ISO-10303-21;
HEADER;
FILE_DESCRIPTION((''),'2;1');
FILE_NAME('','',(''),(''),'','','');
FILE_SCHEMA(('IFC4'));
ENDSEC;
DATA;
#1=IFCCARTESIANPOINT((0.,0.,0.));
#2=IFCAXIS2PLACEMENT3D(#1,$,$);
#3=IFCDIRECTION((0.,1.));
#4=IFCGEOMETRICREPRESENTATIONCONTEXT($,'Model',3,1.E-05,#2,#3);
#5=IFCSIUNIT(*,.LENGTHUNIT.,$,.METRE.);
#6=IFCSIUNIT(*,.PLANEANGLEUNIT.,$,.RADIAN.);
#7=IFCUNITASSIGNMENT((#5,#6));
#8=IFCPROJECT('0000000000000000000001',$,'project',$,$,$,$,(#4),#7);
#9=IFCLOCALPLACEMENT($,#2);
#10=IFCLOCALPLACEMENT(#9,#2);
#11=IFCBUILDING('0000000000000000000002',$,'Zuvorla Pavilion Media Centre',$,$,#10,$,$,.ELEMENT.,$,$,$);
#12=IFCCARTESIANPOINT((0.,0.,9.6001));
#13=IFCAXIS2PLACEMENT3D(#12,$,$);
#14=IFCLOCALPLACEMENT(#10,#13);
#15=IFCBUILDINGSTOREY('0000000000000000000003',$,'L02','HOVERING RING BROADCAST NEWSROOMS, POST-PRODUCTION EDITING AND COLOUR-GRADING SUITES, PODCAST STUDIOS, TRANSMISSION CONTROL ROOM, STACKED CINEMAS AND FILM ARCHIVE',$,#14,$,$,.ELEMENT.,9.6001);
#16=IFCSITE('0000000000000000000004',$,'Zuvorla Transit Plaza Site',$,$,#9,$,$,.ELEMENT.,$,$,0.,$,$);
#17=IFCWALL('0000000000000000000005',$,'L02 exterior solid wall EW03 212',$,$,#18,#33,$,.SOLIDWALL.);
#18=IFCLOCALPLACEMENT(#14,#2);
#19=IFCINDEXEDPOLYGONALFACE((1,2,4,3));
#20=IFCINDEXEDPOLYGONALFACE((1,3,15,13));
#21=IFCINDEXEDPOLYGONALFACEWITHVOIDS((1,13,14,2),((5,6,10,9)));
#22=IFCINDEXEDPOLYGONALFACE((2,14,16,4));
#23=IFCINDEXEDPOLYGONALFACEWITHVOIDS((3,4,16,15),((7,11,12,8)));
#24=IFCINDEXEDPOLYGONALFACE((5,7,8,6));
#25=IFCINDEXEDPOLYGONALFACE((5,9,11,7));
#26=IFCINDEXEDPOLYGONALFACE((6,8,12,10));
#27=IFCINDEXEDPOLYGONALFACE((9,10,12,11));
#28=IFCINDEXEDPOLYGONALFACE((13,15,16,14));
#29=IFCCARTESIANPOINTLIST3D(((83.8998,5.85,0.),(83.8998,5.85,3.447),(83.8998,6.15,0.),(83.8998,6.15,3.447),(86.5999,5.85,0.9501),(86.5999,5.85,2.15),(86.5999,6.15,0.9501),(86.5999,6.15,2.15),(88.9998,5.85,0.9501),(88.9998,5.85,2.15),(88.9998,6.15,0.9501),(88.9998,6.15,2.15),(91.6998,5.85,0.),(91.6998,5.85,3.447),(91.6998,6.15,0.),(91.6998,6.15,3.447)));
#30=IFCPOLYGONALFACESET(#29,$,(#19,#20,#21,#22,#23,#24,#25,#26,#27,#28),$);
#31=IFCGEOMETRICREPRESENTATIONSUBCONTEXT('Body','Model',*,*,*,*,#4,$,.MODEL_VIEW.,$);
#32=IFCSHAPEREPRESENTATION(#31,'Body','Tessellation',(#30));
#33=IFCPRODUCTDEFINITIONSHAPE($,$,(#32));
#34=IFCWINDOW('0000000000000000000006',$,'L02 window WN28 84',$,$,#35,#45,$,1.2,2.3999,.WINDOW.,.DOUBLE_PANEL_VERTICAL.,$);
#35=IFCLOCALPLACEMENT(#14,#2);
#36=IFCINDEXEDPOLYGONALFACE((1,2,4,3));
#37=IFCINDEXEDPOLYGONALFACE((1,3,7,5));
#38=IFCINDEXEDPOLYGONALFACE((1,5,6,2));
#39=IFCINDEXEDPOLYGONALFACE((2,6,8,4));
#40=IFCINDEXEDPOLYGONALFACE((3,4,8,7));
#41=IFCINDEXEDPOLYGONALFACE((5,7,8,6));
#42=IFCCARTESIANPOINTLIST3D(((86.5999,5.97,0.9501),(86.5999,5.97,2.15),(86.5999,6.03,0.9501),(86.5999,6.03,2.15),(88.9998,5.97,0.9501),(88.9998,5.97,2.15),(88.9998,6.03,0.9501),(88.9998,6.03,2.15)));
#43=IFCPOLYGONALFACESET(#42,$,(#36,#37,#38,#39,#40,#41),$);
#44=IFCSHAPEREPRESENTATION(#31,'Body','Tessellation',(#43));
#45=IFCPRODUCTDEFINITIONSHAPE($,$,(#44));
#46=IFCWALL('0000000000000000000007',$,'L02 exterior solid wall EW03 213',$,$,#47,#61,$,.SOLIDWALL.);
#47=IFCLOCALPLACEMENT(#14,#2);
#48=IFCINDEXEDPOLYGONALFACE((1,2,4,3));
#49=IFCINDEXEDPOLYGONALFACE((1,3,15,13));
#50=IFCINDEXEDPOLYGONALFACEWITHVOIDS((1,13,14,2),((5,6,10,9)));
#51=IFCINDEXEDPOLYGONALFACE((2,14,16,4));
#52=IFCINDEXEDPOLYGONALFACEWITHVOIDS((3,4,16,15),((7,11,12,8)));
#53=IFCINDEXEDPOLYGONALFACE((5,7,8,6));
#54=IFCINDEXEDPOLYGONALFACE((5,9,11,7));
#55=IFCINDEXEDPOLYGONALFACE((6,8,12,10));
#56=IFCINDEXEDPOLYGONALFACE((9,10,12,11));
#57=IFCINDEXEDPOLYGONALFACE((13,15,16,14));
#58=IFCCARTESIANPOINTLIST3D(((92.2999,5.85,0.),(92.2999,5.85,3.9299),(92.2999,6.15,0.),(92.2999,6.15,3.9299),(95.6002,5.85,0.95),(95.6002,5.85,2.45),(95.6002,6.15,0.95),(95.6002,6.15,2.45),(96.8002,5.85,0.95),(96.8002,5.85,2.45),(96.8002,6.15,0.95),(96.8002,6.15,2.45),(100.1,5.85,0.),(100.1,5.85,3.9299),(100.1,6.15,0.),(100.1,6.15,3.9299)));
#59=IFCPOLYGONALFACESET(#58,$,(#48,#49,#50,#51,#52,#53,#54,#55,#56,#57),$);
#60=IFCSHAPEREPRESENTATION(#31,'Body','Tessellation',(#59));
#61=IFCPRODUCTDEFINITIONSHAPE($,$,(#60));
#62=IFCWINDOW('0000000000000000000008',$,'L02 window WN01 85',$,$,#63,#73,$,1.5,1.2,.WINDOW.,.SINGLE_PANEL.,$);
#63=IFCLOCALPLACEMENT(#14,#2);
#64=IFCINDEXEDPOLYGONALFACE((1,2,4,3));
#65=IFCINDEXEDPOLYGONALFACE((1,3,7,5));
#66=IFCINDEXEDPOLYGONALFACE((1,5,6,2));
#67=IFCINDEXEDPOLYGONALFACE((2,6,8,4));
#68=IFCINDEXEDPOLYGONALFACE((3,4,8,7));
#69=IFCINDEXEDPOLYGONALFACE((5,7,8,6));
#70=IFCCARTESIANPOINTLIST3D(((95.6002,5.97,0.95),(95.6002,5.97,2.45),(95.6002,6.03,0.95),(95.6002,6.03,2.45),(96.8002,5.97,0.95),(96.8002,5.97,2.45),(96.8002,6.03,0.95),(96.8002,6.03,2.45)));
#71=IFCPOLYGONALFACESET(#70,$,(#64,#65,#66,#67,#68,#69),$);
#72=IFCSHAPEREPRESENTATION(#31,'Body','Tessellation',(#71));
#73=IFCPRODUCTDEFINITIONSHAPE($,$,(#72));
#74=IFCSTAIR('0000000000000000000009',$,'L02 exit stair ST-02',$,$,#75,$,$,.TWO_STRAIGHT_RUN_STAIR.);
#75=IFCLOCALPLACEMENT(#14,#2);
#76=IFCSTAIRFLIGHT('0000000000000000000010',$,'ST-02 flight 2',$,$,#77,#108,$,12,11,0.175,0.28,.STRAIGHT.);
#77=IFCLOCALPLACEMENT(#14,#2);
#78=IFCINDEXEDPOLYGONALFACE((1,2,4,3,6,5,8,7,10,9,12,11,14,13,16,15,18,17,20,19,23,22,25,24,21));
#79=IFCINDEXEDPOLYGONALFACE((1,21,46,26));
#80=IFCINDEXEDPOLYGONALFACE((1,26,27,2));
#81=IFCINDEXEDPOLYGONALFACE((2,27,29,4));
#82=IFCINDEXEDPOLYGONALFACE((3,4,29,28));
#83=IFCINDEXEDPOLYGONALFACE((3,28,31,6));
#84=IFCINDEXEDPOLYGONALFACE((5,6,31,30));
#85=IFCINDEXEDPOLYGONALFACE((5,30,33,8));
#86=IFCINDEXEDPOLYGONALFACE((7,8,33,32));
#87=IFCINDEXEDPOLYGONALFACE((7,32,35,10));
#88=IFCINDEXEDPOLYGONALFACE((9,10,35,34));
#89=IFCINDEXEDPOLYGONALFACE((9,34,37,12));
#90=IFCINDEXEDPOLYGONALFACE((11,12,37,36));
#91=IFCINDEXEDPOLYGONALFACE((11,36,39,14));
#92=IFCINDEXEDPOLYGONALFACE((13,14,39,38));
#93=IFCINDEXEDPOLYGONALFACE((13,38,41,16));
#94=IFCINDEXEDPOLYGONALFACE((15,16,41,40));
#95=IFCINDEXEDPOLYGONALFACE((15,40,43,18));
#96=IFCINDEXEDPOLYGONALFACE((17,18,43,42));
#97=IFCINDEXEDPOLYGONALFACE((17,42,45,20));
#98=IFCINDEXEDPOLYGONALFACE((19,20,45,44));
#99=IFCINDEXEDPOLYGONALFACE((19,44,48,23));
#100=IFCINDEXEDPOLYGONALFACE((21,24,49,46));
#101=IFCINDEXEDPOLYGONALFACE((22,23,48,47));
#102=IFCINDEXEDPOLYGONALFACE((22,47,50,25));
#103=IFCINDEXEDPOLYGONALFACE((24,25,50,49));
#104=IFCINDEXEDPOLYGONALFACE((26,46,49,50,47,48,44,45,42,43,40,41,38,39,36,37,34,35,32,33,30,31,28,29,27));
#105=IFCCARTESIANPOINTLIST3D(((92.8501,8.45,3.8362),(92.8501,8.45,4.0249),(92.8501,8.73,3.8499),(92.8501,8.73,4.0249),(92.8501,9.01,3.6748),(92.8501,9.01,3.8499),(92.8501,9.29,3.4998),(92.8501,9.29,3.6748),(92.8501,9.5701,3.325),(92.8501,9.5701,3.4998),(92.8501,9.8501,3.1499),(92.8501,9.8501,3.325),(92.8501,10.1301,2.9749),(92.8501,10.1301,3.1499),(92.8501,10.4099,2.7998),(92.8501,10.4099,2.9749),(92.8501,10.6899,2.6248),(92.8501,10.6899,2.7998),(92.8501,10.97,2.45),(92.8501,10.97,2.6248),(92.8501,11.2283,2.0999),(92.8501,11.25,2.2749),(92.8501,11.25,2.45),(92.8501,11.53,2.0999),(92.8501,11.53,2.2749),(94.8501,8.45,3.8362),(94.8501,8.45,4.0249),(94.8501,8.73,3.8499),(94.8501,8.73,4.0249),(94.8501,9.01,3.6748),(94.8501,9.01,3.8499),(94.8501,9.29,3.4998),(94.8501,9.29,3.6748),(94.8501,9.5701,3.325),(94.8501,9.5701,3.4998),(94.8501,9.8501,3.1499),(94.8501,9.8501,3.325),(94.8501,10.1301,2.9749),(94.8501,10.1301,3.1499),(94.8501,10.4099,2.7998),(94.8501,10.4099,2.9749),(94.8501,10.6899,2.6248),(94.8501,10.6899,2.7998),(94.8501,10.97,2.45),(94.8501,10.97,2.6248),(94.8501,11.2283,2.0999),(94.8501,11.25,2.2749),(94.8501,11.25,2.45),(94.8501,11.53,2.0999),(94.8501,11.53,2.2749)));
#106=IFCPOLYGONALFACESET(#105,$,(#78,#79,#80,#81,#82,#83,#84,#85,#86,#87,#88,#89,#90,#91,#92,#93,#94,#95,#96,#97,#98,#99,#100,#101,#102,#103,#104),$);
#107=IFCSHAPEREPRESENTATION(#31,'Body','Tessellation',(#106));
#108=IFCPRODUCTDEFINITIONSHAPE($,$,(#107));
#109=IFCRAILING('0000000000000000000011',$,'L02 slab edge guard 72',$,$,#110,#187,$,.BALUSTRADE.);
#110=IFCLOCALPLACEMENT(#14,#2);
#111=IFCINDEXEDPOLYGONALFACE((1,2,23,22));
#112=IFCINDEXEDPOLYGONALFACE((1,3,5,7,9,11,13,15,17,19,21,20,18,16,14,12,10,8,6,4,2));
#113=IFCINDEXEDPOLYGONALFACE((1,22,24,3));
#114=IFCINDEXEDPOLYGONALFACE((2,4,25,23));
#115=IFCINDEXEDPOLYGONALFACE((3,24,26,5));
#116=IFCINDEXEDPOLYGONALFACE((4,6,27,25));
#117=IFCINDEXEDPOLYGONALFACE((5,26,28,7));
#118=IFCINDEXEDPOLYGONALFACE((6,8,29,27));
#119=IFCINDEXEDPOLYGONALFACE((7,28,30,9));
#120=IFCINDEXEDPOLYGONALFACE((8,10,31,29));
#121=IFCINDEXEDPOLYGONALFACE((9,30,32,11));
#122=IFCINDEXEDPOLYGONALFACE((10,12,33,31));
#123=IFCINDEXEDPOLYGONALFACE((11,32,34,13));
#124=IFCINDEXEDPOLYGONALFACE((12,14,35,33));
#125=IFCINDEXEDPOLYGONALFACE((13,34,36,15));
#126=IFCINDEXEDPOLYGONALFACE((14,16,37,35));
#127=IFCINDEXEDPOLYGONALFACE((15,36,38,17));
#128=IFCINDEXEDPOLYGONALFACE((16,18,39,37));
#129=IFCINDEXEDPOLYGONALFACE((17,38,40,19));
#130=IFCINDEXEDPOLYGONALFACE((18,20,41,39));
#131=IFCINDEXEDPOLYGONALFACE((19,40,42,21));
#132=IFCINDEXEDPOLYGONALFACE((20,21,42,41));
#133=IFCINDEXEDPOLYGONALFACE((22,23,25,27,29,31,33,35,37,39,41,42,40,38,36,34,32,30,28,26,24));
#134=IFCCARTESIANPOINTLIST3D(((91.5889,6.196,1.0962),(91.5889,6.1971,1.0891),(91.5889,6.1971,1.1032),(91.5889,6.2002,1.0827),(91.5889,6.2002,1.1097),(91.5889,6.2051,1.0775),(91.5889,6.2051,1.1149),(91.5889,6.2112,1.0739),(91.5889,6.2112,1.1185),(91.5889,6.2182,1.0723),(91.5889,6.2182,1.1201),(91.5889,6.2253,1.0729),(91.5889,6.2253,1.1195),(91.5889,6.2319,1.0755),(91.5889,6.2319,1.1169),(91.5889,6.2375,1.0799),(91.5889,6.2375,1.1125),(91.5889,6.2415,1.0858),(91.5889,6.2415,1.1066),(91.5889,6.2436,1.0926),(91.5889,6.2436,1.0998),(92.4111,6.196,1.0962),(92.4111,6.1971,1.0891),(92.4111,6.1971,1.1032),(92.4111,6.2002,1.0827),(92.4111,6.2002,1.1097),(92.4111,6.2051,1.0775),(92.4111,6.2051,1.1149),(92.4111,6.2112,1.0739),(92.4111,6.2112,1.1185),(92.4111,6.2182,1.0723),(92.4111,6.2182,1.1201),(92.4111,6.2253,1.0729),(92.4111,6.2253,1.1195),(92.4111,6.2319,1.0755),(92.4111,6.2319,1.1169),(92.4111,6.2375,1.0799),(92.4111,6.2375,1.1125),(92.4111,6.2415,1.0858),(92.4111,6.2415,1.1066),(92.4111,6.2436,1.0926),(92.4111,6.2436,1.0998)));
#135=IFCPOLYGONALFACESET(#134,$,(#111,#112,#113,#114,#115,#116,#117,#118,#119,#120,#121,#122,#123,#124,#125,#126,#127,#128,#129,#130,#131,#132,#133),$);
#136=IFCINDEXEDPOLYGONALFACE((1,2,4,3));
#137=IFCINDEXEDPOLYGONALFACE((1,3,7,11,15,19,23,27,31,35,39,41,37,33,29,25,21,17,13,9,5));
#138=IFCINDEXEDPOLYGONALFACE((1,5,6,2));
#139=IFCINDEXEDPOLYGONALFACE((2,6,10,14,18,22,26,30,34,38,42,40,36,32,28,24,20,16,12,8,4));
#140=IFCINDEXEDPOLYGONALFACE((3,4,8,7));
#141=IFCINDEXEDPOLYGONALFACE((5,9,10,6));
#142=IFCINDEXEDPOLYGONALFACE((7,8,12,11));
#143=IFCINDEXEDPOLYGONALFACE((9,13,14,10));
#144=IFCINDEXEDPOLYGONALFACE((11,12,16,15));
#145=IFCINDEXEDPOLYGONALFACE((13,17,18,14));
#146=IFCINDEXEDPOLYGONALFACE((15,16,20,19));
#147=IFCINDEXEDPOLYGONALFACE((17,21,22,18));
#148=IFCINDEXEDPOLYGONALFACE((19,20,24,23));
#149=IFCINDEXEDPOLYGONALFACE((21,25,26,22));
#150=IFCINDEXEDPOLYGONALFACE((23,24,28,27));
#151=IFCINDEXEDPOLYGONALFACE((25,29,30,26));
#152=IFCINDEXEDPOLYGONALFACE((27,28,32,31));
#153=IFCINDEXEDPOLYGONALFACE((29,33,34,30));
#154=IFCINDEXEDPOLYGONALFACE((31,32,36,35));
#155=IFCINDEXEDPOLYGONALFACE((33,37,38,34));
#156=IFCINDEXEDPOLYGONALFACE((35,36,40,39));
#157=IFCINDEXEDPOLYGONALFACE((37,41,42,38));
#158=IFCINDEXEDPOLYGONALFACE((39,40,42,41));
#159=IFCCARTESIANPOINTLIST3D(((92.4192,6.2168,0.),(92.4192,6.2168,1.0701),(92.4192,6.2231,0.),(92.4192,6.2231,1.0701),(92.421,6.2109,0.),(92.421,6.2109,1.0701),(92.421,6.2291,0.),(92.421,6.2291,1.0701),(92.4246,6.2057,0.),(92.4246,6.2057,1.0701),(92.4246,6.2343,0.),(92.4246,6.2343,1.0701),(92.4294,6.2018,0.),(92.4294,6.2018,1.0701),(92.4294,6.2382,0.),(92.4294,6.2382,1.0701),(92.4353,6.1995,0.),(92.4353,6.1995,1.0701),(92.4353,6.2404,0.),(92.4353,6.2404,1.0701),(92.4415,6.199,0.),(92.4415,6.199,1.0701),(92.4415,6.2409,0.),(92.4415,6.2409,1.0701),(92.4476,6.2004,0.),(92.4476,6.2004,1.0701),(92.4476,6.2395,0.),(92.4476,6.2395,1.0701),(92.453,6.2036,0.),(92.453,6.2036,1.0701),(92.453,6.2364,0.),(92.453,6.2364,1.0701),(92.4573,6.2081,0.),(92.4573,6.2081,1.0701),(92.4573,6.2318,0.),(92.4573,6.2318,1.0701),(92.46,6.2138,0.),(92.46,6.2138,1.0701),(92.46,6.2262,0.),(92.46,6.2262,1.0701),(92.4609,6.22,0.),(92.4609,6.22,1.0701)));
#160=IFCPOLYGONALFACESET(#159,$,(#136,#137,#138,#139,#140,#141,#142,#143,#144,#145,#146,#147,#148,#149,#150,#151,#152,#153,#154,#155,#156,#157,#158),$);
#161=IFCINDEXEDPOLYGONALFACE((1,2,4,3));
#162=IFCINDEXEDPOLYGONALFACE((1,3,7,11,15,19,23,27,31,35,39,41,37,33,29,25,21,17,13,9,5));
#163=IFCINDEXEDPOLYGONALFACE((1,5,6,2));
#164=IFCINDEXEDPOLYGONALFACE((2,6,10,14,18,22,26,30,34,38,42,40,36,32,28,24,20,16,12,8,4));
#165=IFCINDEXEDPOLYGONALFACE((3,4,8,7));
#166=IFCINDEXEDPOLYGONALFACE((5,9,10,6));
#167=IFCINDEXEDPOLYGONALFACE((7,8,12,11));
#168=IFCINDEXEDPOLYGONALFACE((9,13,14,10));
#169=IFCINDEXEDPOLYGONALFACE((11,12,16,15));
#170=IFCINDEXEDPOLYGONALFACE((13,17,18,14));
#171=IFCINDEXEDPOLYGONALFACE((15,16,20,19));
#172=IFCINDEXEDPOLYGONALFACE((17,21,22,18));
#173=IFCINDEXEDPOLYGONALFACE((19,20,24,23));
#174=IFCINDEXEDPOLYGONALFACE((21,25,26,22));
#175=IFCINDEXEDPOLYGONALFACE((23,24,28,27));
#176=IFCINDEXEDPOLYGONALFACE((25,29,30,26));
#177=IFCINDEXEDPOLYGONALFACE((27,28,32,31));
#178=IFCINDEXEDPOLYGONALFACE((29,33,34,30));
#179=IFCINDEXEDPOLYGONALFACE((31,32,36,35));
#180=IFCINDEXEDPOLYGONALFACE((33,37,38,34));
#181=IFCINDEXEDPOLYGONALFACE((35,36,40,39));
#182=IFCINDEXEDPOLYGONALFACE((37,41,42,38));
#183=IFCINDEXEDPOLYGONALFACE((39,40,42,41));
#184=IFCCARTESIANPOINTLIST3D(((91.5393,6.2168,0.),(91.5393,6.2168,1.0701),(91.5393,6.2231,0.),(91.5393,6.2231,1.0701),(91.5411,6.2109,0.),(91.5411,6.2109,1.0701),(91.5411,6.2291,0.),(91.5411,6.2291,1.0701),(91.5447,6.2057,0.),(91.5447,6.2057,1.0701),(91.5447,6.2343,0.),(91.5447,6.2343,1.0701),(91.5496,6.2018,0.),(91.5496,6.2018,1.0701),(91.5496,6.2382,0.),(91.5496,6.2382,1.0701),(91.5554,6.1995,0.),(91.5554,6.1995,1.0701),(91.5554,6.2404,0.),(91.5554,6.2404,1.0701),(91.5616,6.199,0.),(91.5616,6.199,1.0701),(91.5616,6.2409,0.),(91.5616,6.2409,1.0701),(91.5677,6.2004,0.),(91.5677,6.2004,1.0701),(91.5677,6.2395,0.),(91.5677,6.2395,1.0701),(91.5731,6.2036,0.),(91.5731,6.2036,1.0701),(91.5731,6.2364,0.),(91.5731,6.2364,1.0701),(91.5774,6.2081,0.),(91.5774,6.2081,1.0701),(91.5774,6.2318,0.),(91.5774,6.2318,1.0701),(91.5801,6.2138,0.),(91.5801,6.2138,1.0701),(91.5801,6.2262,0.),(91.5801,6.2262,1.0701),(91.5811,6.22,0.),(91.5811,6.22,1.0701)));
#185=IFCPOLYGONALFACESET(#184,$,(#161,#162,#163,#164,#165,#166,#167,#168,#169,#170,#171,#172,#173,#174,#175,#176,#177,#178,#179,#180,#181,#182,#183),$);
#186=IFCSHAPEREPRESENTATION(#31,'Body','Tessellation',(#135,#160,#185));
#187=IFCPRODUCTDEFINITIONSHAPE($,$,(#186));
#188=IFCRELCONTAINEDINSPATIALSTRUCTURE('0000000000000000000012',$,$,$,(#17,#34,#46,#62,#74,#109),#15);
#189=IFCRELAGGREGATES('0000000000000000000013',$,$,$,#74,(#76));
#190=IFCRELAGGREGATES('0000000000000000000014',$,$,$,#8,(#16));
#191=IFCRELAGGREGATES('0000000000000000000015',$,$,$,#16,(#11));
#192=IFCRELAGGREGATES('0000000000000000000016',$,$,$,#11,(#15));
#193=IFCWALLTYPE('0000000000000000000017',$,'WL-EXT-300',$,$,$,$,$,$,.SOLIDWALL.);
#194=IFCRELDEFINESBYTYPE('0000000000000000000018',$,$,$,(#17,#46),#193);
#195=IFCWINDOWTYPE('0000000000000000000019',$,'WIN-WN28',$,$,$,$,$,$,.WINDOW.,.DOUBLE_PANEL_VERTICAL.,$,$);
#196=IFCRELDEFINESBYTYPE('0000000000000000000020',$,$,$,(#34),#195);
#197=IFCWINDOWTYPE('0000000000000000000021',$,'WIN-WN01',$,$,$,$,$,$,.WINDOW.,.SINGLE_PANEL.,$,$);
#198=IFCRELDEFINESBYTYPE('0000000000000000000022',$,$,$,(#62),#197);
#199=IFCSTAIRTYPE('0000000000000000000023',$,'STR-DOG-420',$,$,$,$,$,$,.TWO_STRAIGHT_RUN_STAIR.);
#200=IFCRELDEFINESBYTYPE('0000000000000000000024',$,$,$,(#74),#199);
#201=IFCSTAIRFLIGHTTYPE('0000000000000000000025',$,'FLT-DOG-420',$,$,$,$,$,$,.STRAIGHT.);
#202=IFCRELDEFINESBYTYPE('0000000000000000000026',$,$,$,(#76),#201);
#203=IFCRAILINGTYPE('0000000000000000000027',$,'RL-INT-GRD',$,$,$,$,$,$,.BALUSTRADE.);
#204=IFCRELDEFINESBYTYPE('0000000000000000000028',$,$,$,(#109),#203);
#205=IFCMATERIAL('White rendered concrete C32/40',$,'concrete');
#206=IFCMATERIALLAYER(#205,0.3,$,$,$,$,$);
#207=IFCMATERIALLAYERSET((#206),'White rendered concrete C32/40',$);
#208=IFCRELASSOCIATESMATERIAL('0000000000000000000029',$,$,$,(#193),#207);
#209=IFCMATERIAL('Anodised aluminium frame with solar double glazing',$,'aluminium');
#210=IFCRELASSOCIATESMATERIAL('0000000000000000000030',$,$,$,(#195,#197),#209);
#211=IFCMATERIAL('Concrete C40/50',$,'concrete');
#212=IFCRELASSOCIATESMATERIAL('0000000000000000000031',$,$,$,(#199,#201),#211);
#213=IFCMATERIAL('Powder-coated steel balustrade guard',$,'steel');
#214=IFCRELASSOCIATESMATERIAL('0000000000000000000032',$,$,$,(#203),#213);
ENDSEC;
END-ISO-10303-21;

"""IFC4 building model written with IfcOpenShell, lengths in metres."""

from ifc_helpers import new_model, si_unit, direction, frame, frame_2d, origin, origin_2d, place, context, subcontext, project, spatial, polyline, rectangle, circle, outline, extrude, material, layer, layer_set, type_object, element, fill, aggregate, save


model = new_model("IFC4")

# Units and contexts
model_context = context("Model", 3, precision=1e-05, world=origin(), true_north=direction((0.0, 1.0)))
body_context = subcontext(model_context, "Body", "Model", "MODEL_VIEW")
ifc_project = project(units=[si_unit("LENGTHUNIT", "METRE"), si_unit("PLANEANGLEUNIT", "RADIAN")], contexts=[model_context])

# Site, building, storey
site_placement = place(None, origin())
site = spatial("IfcSite", under=ifc_project, at=site_placement, Name="Zuvorla Transit Plaza Site", CompositionType="ELEMENT", RefElevation=0.0)
building_placement = place(site_placement, origin())
building = spatial("IfcBuilding", under=site, at=building_placement, Name="Zuvorla Pavilion Media Centre", CompositionType="ELEMENT")
storey_placement = place(building_placement, frame((0.0, 0.0, 9.6001)))
storey = spatial("IfcBuildingStorey", under=building, at=storey_placement, Name="L02", Description="HOVERING RING BROADCAST NEWSROOMS, POST-PRODUCTION EDITING AND COLOUR-GRADING SUITES, PODCAST STUDIOS, TRANSMISSION CONTROL ROOM, STACKED CINEMAS AND FILM ARCHIVE", CompositionType="ELEMENT", Elevation=9.6001)

# Shared definitions
ifc_material_1 = material(Name="Concrete C40/50", Category="concrete")

# Walls, openings, windows
ifc_material_2 = material(Name="White rendered concrete C32/40", Category="concrete")
ifc_layer_1 = layer(ifc_material_2, 0.3)
ifc_layer_set_1 = layer_set([ifc_layer_1], Name="White rendered concrete C32/40")
wall_type_1 = type_object("IfcWallType", Name="WL-EXT-300", PredefinedType="SOLIDWALL", material=ifc_layer_set_1)
wall_1_placement = place(storey_placement, frame((83.8999, 6.0, 0.0), z_axis=(0.0, 0.0, 1.0), x_axis=(1.0, 0.0, 0.0)))
wall_1 = element("IfcWall", 1, at=wall_1_placement, inside=storey, type_object=wall_type_1, Name="L02 exterior solid wall EW03 212", PredefinedType="SOLIDWALL", context=body_context, shape_type="SweptSolid", body=[
    extrude(rectangle(XDim=7.8, YDim=0.3, at=frame_2d((3.8999, 0.0))), origin(), (0.0, 0.0, 1.0), 3.447),
])
opening_1_placement = place(wall_1_placement, frame((2.7, 0.0, 0.95)))
opening_1 = element("IfcOpeningElement", 2, at=opening_1_placement, cuts=wall_1, PredefinedType="OPENING", context=body_context, shape_type="SweptSolid", body=[
    extrude(rectangle(XDim=2.3999, YDim=1.2, at=frame_2d((1.2, 0.6001))), frame((0.0, 0.1599, 0.0), z_axis=(0.0, -1.0, 0.0), x_axis=(1.0, 0.0, 0.0)), (0.0, 0.0, 1.0), 0.3201),
])
ifc_material_3 = material(Name="Anodised aluminium frame with solar double glazing", Category="aluminium")
window_type_1 = type_object("IfcWindowType", Name="WIN-WN28", PartitioningType="DOUBLE_PANEL_VERTICAL", PredefinedType="WINDOW", material=ifc_material_3)
window_1_placement = place(opening_1_placement, origin())
window_1 = element("IfcWindow", 3, at=window_1_placement, inside=storey, type_object=window_type_1, Name="L02 window WN28 84", OverallHeight=1.2, OverallWidth=2.3999, PartitioningType="DOUBLE_PANEL_VERTICAL", PredefinedType="WINDOW", context=body_context, shape_type="SweptSolid", body=[
    extrude(rectangle(XDim=2.3999, YDim=1.2, at=frame_2d((1.2, 0.6001))), frame((0.0, 0.03, 0.0), z_axis=(0.0, -1.0, 0.0), x_axis=(1.0, 0.0, 0.0)), (0.0, 0.0, 1.0), 0.0601),
])
fill(opening_1, window_1)
wall_2_placement = place(storey_placement, frame((92.3, 6.0, 0.0), z_axis=(0.0, 0.0, 1.0), x_axis=(1.0, 0.0, 0.0)))
wall_2 = element("IfcWall", 4, at=wall_2_placement, inside=storey, type_object=wall_type_1, Name="L02 exterior solid wall EW03 213", PredefinedType="SOLIDWALL", context=body_context, shape_type="SweptSolid", body=[
    extrude(rectangle(XDim=7.8, YDim=0.3, at=frame_2d((3.8999, 0.0))), origin(), (0.0, 0.0, 1.0), 3.9299),
])
opening_2_placement = place(wall_2_placement, frame((3.3, 0.0, 0.95)))
opening_2 = element("IfcOpeningElement", 5, at=opening_2_placement, cuts=wall_2, PredefinedType="OPENING", context=body_context, shape_type="SweptSolid", body=[
    extrude(rectangle(XDim=1.2, YDim=1.5, at=frame_2d((0.6001, 0.75))), frame((0.0, 0.1599, 0.0), z_axis=(0.0, -1.0, 0.0), x_axis=(1.0, 0.0, 0.0)), (0.0, 0.0, 1.0), 0.3201),
])
window_type_2 = type_object("IfcWindowType", Name="WIN-WN01", PartitioningType="SINGLE_PANEL", PredefinedType="WINDOW", material=ifc_material_3)
window_2_placement = place(opening_2_placement, origin())
window_2 = element("IfcWindow", 6, at=window_2_placement, inside=storey, type_object=window_type_2, Name="L02 window WN01 85", OverallHeight=1.5, OverallWidth=1.2, PartitioningType="SINGLE_PANEL", PredefinedType="WINDOW", context=body_context, shape_type="SweptSolid", body=[
    extrude(rectangle(XDim=1.2, YDim=1.5, at=frame_2d((0.6001, 0.75))), frame((0.0, 0.03, 0.0), z_axis=(0.0, -1.0, 0.0), x_axis=(1.0, 0.0, 0.0)), (0.0, 0.0, 1.0), 0.0601),
])
fill(opening_2, window_2)

# Stair, stair flight
stair_type = type_object("IfcStairType", Name="STR-DOG-420", PredefinedType="TWO_STRAIGHT_RUN_STAIR", material=ifc_material_1)
stair_placement = place(storey_placement, origin())
stair = element("IfcStair", 7, at=stair_placement, inside=storey, type_object=stair_type, Name="L02 exit stair ST-02", PredefinedType="TWO_STRAIGHT_RUN_STAIR")
stair_flight_type = type_object("IfcStairFlightType", Name="FLT-DOG-420", PredefinedType="STRAIGHT", material=ifc_material_1)
stair_flight_placement = place(storey_placement, frame((93.8501, 11.53, 2.0999), z_axis=(0.0, 0.0, 1.0), x_axis=(0.0, -1.0, 0.0)))
stair_flight = element("IfcStairFlight", 8, at=stair_flight_placement, type_object=stair_flight_type, Name="ST-02 flight 2", NumberOfRisers=12, NumberOfTreads=11, PredefinedType="STRAIGHT", RiserHeight=0.175, TreadLength=0.28, context=body_context, shape_type="SweptSolid", body=[
    extrude(outline(polyline([(0.0, 0.0), (0.0, 0.175), (0.28, 0.175), (0.28, 0.3501), (0.5601, 0.3501), (0.5601, 0.5249), (0.8401, 0.5249), (0.8401, 0.7), (1.1201, 0.7), (1.1201, 0.875), (1.3999, 0.875), (1.3999, 1.05), (1.6799, 1.05), (1.6799, 1.2251), (1.96, 1.2251), (1.96, 1.3999), (2.24, 1.3999), (2.24, 1.575), (2.52, 1.575), (2.52, 1.75), (2.8, 1.75), (2.8, 1.925), (3.0801, 1.925), (3.0801, 2.1001), (3.0801, 1.7363), (0.3018, 0.0), (0.0, 0.0)])), frame((0.0, 1.0, 0.0), z_axis=(0.0, -1.0, 0.0), x_axis=(1.0, 0.0, 0.0)), (0.0, 0.0, 1.0), 2.0),
])
aggregate(stair, [stair_flight])

# Railing
ifc_material_4 = material(Name="Powder-coated steel balustrade guard", Category="steel")
railing_type_1 = type_object("IfcRailingType", Name="RL-INT-GRD", PredefinedType="BALUSTRADE", material=ifc_material_4)
railing_1_placement = place(storey_placement, frame((92.4399, 6.22, 0.0)))
element("IfcRailing", 9, at=railing_1_placement, inside=storey, type_object=railing_type_1, Name="L02 slab edge guard 72", PredefinedType="BALUSTRADE", context=body_context, shape_type="SweptSolid", body=[
    extrude(circle(Radius=0.0239, at=origin_2d()), frame((-0.0288, 0.0, 1.0962), z_axis=(-1.0, 0.0, 0.0), x_axis=(0.0, -1.0, 0.0)), (0.0, 0.0, 1.0), 0.8223),
    extrude(circle(Radius=0.021, at=origin_2d()), origin(), (0.0, 0.0, 1.0), 1.0701),
    extrude(circle(Radius=0.021, at=origin_2d()), frame((-0.8799, 0.0, 0.0)), (0.0, 0.0, 1.0), 1.0701),
])

save(model, "model.ifc")
